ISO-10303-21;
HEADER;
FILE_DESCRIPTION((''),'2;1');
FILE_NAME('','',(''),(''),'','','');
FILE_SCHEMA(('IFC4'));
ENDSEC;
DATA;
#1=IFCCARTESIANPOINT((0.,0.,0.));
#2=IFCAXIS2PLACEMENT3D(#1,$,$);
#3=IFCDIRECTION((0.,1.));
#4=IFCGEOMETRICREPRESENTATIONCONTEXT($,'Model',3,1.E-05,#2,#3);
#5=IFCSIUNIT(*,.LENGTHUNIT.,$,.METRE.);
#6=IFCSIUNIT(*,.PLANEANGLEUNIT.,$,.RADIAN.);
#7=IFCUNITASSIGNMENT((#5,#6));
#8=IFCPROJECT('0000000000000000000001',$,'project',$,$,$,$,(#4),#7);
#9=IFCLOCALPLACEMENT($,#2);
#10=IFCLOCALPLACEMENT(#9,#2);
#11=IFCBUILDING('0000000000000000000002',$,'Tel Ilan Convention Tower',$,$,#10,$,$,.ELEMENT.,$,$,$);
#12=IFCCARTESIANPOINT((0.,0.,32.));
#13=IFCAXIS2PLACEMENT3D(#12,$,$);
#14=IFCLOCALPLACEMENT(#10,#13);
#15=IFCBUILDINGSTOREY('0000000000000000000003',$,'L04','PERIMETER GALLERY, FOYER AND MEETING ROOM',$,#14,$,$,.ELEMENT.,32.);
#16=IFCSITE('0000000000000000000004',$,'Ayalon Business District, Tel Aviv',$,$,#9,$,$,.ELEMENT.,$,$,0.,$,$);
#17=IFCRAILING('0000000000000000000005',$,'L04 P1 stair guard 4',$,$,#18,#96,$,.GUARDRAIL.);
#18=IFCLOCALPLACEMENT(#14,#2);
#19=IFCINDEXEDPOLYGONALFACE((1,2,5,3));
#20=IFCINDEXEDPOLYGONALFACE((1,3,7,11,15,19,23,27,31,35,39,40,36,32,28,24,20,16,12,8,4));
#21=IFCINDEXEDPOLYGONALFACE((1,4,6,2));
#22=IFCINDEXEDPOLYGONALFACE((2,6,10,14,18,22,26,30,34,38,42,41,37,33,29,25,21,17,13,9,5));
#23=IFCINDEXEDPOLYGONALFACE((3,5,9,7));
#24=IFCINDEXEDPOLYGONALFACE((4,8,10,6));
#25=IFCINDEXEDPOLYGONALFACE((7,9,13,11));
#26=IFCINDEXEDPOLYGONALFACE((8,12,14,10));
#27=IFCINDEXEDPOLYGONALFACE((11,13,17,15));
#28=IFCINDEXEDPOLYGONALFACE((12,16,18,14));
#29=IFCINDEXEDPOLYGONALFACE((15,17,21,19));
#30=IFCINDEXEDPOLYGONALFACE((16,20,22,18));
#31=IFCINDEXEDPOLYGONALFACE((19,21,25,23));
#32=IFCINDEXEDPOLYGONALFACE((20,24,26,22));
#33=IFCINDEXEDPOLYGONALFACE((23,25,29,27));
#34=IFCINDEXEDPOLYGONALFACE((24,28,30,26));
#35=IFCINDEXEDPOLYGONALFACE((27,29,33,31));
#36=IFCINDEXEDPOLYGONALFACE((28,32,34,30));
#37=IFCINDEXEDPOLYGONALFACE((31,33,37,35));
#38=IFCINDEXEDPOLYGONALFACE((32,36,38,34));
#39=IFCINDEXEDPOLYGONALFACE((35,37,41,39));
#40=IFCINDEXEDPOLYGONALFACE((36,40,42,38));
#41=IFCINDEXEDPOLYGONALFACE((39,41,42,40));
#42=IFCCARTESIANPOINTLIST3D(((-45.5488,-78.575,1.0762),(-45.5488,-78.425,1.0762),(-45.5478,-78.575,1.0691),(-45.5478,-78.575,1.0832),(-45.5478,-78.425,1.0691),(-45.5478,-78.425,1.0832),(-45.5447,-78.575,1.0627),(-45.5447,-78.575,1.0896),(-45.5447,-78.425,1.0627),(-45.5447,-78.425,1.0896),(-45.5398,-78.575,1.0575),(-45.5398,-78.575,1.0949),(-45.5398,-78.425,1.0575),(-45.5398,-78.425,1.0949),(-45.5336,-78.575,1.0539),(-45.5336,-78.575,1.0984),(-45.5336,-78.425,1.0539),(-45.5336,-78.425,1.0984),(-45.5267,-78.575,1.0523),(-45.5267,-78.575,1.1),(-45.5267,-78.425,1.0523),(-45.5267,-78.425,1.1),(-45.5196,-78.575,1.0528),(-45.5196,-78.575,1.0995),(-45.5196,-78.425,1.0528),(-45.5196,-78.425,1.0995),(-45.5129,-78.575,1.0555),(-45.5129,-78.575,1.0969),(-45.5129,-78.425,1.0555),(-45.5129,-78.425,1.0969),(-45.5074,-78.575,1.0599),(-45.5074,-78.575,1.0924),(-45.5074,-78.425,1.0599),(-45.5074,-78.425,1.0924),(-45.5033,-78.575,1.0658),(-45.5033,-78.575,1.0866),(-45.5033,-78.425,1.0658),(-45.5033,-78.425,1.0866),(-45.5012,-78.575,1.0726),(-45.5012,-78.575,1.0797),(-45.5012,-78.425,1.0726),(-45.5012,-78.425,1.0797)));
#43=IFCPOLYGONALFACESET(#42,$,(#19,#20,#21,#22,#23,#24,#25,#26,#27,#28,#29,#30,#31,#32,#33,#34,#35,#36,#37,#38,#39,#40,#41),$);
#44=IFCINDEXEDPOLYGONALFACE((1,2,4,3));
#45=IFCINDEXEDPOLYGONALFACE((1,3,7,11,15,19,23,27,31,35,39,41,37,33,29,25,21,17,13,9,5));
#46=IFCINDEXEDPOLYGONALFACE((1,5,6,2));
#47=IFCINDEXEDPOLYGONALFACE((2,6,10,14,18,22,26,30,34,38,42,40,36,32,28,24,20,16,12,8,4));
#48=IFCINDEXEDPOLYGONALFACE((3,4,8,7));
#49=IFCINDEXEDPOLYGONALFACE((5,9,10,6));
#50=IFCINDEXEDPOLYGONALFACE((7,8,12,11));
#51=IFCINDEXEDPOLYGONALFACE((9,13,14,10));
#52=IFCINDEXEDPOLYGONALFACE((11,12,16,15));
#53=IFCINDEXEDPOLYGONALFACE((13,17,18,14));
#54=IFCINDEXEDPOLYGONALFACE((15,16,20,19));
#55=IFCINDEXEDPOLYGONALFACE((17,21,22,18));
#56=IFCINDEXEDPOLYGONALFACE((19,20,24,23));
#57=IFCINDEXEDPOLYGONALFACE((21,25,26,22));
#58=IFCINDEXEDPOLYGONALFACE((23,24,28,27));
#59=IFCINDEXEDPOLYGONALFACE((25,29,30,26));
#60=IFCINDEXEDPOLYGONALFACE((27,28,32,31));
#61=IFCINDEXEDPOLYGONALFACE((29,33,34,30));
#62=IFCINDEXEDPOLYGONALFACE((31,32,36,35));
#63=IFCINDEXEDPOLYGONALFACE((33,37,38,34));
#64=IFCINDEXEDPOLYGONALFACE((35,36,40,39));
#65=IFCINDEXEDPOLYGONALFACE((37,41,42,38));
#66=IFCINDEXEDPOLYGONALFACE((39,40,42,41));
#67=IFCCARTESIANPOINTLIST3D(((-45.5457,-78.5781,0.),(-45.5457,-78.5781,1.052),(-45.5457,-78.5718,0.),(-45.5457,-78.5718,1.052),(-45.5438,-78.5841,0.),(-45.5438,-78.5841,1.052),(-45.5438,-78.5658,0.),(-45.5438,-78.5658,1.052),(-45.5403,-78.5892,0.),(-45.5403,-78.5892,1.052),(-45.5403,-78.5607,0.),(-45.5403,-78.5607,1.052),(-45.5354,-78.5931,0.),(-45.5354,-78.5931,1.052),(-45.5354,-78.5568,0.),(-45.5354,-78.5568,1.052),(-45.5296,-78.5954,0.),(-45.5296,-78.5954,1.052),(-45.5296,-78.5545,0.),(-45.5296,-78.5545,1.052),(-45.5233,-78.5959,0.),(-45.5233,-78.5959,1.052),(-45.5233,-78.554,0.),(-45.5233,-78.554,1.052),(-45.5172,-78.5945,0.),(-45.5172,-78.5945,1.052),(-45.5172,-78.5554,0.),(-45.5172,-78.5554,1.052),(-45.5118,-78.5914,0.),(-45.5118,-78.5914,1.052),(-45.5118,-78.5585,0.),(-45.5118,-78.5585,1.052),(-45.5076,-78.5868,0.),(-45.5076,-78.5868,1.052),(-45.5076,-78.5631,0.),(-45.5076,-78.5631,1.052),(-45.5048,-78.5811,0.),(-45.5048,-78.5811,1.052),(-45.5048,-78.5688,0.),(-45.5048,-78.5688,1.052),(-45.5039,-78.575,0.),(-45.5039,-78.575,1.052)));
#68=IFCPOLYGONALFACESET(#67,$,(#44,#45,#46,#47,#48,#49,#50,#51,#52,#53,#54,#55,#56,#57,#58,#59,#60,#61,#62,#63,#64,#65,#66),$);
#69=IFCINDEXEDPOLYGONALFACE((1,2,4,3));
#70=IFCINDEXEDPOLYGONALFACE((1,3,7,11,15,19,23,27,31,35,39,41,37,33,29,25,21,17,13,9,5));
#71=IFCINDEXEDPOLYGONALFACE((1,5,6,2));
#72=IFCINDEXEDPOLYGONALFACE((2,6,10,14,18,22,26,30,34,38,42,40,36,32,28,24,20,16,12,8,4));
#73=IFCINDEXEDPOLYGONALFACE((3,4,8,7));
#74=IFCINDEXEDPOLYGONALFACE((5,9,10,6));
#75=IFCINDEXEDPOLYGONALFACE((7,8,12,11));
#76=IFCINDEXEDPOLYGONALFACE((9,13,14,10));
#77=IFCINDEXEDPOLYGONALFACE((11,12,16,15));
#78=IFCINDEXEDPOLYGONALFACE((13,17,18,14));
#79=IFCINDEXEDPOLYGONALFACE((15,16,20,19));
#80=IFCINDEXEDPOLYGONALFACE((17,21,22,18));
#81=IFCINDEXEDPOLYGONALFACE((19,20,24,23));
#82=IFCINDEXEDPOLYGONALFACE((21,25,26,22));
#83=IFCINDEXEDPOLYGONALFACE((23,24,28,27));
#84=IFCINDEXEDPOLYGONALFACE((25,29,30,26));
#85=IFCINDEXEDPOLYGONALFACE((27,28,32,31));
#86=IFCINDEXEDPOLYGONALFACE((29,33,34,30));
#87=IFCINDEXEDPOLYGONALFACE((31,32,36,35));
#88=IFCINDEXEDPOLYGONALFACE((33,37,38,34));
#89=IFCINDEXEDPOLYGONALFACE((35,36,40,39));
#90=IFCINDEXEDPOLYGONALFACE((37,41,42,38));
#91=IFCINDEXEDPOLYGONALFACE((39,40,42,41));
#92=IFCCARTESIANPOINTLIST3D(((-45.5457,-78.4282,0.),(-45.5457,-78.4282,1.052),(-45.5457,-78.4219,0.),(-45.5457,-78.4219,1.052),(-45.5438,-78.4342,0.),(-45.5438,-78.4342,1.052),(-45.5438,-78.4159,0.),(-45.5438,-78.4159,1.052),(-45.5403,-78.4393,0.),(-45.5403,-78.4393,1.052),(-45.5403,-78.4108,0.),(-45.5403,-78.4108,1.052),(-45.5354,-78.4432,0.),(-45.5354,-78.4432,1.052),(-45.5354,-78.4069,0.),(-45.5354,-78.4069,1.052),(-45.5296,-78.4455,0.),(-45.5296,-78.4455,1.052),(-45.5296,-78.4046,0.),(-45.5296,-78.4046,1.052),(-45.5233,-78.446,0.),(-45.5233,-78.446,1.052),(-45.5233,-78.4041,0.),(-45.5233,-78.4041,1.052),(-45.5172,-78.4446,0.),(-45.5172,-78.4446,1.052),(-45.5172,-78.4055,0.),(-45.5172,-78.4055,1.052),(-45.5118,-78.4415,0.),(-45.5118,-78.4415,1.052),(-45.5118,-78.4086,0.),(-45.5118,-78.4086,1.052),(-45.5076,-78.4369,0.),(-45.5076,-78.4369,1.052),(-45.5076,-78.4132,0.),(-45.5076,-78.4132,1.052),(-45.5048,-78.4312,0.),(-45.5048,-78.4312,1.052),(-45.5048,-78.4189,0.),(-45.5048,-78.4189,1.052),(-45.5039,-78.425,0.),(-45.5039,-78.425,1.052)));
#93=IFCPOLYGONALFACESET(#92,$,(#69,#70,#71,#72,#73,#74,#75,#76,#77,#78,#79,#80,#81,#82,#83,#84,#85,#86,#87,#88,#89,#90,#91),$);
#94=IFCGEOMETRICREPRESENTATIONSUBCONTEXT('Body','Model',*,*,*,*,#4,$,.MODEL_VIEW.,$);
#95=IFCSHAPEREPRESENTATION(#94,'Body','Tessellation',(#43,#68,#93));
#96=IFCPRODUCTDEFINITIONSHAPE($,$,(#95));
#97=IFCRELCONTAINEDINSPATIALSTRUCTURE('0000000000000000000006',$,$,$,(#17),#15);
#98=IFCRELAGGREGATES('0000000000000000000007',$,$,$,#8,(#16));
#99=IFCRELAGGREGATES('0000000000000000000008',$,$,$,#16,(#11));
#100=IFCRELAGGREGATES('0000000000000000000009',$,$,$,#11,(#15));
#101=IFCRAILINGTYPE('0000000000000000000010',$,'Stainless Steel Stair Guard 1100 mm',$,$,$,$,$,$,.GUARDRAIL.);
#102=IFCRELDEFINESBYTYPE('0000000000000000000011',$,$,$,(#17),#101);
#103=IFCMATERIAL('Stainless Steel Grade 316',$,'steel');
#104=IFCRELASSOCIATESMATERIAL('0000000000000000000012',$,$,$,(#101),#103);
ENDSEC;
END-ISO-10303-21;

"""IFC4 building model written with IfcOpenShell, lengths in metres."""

from ifc_helpers import new_model, si_unit, direction, frame, origin, origin_2d, place, context, subcontext, project, spatial, circle, extrude, material, type_object, element, save


model = new_model("IFC4")

# Units and contexts
model_context = context("Model", 3, precision=1e-05, world=origin(), true_north=direction((0.0, 1.0)))
body_context = subcontext(model_context, "Body", "Model", "MODEL_VIEW")
ifc_project = project(units=[si_unit("LENGTHUNIT", "METRE"), si_unit("PLANEANGLEUNIT", "RADIAN")], contexts=[model_context])

# Site, building, storey
site_placement = place(None, origin())
site = spatial("IfcSite", under=ifc_project, at=site_placement, Name="Ayalon Business District, Tel Aviv", CompositionType="ELEMENT", RefElevation=0.0)
building_placement = place(site_placement, origin())
building = spatial("IfcBuilding", under=site, at=building_placement, Name="Tel Ilan Convention Tower", CompositionType="ELEMENT")
storey_placement = place(building_placement, frame((0.0, 0.0, 32.0)))
storey = spatial("IfcBuildingStorey", under=building, at=storey_placement, Name="L04", Description="PERIMETER GALLERY, FOYER AND MEETING ROOM", CompositionType="ELEMENT", Elevation=32.0)

# Railing
ifc_material_1 = material(Name="Stainless Steel Grade 316", Category="steel")
railing_type_1 = type_object("IfcRailingType", Name="Stainless Steel Stair Guard 1100 mm", PredefinedType="GUARDRAIL", material=ifc_material_1)
railing_1_placement = place(storey_placement, frame((-45.5249, -78.575, 0.0)))
element("IfcRailing", 1, at=railing_1_placement, inside=storey, type_object=railing_type_1, Name="L04 P1 stair guard 4", PredefinedType="GUARDRAIL", context=body_context, shape_type="SweptSolid", body=[
    extrude(circle(Radius=0.0239, at=origin_2d()), frame((0.0, 0.0, 1.0762), z_axis=(0.0, 1.0, 0.0), x_axis=(-1.0, 0.0, 0.0)), (0.0, 0.0, 1.0), 0.1499),
    extrude(circle(Radius=0.021, at=origin_2d()), origin(), (0.0, 0.0, 1.0), 1.052),
    extrude(circle(Radius=0.021, at=origin_2d()), frame((0.0, 0.1499, 0.0)), (0.0, 0.0, 1.0), 1.052),
])

save(model, "model.ifc")
